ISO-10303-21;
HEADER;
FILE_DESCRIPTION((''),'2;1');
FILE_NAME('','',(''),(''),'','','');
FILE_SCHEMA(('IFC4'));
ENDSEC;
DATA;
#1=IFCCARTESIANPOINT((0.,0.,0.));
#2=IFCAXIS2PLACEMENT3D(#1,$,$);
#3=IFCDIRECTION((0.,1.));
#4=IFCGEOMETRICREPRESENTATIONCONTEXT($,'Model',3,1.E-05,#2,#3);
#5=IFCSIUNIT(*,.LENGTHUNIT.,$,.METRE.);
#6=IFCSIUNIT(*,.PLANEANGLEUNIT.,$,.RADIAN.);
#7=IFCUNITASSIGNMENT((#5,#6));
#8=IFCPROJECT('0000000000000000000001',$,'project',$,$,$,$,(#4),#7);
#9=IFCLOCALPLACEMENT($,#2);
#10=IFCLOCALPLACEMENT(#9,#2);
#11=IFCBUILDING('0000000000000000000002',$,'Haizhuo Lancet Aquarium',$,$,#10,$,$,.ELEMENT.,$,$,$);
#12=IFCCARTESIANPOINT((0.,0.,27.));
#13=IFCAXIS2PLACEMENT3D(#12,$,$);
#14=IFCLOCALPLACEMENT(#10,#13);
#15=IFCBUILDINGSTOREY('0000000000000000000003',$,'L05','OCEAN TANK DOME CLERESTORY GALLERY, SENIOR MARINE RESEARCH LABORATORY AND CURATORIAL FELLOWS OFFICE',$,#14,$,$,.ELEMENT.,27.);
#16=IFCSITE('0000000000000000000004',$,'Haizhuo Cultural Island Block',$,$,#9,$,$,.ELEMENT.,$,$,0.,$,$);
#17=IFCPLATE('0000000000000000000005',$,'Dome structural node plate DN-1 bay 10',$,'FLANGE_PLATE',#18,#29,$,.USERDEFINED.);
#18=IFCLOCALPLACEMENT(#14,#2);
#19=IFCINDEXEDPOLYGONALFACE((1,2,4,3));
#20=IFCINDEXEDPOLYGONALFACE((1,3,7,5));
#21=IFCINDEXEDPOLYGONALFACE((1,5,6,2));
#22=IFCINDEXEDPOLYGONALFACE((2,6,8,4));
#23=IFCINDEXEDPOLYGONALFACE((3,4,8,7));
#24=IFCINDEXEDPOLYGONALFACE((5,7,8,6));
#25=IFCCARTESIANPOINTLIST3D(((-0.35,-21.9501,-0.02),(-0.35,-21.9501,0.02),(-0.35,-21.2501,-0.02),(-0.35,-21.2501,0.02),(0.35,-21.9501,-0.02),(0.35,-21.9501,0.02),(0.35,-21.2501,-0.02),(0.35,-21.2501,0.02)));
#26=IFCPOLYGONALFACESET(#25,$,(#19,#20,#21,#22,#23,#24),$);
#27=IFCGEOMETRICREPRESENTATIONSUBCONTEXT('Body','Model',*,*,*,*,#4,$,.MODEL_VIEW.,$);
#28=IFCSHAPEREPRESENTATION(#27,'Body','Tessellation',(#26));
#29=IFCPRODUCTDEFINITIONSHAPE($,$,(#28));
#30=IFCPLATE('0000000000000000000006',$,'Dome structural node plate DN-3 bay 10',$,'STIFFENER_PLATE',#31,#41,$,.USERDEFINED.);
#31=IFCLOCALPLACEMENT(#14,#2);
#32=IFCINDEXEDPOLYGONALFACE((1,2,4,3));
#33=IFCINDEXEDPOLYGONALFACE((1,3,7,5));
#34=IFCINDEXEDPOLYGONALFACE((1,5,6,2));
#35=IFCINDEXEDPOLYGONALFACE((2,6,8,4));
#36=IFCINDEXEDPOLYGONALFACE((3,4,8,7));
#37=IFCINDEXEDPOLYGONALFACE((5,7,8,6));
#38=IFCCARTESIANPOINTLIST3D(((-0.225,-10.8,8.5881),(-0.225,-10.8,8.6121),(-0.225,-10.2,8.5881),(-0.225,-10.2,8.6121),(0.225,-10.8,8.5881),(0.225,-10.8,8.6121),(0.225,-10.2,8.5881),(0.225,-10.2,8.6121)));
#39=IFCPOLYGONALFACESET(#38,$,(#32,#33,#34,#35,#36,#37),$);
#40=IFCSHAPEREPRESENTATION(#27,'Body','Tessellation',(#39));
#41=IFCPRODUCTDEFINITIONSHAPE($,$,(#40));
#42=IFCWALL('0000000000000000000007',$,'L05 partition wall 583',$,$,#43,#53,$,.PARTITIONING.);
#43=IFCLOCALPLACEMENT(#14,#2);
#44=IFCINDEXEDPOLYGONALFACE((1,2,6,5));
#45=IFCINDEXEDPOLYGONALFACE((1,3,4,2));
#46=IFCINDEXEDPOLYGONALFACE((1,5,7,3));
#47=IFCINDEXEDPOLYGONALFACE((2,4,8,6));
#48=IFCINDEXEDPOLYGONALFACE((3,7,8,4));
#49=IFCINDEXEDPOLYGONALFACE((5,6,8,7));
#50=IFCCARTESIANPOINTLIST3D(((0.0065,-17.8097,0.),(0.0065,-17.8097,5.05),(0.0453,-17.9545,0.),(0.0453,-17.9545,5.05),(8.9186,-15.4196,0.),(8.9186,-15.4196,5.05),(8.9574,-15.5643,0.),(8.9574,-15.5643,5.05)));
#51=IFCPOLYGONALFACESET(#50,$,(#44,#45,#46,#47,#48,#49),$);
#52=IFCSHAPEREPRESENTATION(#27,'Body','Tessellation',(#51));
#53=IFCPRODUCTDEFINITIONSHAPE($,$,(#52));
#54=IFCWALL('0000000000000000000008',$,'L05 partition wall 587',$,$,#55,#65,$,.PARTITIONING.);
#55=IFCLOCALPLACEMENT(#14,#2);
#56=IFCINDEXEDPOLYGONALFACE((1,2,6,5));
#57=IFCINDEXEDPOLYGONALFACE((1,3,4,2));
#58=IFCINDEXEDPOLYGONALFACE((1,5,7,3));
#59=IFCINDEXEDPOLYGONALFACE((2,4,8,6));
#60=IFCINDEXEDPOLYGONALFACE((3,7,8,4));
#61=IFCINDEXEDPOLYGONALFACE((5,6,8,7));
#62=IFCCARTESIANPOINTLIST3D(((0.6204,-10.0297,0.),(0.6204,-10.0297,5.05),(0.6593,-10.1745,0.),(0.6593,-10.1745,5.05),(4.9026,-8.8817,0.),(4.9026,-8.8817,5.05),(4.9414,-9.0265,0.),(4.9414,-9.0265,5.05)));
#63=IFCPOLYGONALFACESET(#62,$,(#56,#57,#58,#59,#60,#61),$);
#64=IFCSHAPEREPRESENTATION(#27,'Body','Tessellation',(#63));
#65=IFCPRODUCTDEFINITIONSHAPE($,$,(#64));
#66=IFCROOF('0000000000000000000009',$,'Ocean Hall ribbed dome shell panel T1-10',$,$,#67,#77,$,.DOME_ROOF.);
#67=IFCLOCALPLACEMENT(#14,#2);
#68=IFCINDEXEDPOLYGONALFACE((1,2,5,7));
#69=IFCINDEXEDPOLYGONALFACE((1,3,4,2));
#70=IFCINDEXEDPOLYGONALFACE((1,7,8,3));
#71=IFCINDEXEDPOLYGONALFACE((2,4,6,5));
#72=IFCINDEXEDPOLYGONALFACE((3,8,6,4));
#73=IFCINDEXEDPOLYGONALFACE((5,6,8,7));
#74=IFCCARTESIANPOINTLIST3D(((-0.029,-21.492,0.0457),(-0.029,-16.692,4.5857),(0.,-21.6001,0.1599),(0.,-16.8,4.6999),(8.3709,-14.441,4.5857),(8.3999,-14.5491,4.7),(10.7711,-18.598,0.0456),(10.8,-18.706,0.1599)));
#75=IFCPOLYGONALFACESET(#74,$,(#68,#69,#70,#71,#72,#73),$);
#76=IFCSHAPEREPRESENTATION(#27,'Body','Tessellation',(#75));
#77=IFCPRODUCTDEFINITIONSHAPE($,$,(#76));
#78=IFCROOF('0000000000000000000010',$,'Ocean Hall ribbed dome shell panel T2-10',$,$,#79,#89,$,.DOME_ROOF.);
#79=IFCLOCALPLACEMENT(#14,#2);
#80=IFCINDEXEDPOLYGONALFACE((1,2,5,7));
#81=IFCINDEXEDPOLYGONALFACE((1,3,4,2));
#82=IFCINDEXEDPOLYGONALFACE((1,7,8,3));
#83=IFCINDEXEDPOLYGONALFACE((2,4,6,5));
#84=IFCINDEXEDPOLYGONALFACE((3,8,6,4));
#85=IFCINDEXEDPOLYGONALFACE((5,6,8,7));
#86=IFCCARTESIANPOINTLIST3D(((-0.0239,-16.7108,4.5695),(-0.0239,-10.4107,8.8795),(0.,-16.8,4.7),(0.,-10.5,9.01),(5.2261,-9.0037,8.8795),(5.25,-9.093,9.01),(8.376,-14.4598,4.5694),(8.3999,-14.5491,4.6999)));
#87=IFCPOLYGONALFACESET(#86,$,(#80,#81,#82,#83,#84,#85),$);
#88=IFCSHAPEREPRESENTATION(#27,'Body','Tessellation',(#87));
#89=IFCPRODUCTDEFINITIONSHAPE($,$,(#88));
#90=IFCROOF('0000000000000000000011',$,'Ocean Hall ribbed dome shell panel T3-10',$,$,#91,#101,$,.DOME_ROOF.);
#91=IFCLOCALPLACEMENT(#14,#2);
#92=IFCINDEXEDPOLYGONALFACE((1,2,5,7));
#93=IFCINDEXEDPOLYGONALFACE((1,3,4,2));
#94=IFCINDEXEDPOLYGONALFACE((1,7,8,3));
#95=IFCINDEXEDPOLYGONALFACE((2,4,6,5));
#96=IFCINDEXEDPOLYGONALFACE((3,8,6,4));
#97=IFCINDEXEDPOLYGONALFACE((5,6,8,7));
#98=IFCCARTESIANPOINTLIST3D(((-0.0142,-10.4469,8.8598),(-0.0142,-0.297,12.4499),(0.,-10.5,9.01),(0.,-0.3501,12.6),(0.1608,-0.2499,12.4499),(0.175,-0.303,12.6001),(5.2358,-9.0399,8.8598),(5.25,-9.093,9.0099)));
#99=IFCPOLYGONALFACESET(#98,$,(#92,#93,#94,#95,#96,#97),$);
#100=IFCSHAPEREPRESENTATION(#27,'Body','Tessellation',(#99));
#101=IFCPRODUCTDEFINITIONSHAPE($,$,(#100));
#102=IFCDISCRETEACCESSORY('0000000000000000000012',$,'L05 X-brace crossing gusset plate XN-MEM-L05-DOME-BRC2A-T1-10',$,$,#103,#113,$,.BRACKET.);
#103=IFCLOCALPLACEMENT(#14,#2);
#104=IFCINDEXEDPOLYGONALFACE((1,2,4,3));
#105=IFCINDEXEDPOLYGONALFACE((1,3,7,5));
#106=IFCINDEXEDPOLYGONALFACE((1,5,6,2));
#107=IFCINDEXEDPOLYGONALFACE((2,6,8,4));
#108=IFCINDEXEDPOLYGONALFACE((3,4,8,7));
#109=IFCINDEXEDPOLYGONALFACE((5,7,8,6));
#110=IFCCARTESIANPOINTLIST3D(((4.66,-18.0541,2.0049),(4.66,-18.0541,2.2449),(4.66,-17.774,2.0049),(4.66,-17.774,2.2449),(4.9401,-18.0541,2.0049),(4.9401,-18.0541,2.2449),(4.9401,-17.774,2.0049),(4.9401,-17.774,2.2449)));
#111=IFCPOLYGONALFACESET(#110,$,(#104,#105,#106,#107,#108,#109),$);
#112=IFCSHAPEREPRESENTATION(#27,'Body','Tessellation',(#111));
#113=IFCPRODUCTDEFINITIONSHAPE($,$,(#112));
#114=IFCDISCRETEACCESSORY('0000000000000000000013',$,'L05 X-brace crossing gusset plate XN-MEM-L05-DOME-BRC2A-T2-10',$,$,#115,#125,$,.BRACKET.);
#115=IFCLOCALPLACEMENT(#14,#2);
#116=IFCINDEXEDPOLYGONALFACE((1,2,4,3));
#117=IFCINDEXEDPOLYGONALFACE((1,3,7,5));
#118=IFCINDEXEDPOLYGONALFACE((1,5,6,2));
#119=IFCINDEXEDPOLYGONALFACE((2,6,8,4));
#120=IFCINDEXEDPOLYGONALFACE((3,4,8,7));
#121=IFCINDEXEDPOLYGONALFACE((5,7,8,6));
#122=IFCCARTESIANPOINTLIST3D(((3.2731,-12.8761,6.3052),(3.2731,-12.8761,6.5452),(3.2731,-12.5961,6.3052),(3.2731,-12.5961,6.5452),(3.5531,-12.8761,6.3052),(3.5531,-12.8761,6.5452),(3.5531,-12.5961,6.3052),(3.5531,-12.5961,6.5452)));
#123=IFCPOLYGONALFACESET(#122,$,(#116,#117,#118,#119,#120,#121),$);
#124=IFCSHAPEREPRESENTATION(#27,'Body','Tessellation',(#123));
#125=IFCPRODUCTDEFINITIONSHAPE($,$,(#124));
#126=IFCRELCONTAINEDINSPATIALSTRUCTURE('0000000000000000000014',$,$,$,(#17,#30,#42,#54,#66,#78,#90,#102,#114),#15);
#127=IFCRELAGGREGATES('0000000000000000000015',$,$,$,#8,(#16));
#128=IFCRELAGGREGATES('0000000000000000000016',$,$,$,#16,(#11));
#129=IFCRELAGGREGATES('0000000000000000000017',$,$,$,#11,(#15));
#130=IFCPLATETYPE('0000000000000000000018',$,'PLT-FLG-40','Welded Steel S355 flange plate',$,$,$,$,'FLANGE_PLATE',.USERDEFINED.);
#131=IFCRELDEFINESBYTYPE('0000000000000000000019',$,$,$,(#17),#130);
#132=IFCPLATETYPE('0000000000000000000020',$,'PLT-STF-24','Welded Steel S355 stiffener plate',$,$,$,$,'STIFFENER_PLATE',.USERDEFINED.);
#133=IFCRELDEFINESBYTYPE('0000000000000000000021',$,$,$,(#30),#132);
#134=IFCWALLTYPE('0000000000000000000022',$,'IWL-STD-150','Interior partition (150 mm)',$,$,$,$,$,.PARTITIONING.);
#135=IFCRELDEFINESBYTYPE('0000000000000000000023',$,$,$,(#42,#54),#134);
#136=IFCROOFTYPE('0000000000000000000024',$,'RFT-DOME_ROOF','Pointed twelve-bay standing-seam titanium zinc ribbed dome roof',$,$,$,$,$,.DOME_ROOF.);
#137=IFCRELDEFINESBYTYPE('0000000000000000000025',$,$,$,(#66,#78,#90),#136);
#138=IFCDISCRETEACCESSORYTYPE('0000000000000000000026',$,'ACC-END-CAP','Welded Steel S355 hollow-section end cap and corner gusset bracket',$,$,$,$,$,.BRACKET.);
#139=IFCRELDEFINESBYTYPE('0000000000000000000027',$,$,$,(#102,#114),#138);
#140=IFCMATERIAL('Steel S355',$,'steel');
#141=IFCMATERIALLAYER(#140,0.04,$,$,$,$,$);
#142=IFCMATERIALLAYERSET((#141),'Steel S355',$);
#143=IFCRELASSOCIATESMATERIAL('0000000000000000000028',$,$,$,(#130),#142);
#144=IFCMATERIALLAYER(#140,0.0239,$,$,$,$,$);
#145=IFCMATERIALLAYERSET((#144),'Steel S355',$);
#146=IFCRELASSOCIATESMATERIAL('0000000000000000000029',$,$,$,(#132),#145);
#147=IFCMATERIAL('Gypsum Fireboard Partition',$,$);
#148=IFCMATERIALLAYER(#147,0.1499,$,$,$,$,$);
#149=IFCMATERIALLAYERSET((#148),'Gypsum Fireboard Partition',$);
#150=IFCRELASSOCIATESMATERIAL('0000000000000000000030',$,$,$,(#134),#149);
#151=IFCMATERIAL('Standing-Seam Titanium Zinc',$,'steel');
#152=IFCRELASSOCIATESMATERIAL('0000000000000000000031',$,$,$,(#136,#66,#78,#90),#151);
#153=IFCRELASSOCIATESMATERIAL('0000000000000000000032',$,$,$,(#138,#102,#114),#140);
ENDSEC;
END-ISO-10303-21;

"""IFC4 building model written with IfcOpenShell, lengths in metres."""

from ifc_helpers import new_model, si_unit, direction, frame, frame_2d, origin, origin_2d, place, context, subcontext, project, spatial, polyline, rectangle, outline, extrude, material, layer, layer_set, type_object, element, save


model = new_model("IFC4")

# Units and contexts
model_context = context("Model", 3, precision=1e-05, world=origin(), true_north=direction((0.0, 1.0)))
body_context = subcontext(model_context, "Body", "Model", "MODEL_VIEW")
ifc_project = project(units=[si_unit("LENGTHUNIT", "METRE"), si_unit("PLANEANGLEUNIT", "RADIAN")], contexts=[model_context])

# Site, building, storey
site_placement = place(None, origin())
site = spatial("IfcSite", under=ifc_project, at=site_placement, Name="Haizhuo Cultural Island Block", CompositionType="ELEMENT", RefElevation=0.0)
building_placement = place(site_placement, origin())
building = spatial("IfcBuilding", under=site, at=building_placement, Name="Haizhuo Lancet Aquarium", CompositionType="ELEMENT")
storey_placement = place(building_placement, frame((0.0, 0.0, 27.0)))
storey = spatial("IfcBuildingStorey", under=building, at=storey_placement, Name="L05", Description="OCEAN TANK DOME CLERESTORY GALLERY, SENIOR MARINE RESEARCH LABORATORY AND CURATORIAL FELLOWS OFFICE", CompositionType="ELEMENT", Elevation=27.0)

# Shared definitions
ifc_material_1 = material(Name="Steel S355", Category="steel")

# Plates
ifc_layer_1 = layer(ifc_material_1, 0.04)
ifc_layer_set_1 = layer_set([ifc_layer_1], Name="Steel S355")
plate_type_1 = type_object("IfcPlateType", Name="PLT-FLG-40", Description="Welded Steel S355 flange plate", ElementType="FLANGE_PLATE", PredefinedType="USERDEFINED", material=ifc_layer_set_1)
plate_1_placement = place(storey_placement, frame((0.0, -21.6001, -0.02), z_axis=(0.0, 0.0, 1.0), x_axis=(1.0, 0.0, 0.0)))
element("IfcPlate", 1, at=plate_1_placement, inside=storey, type_object=plate_type_1, Name="Dome structural node plate DN-1 bay 10", ObjectType="FLANGE_PLATE", PredefinedType="USERDEFINED", context=body_context, shape_type="SweptSolid", body=[
    extrude(rectangle(XDim=0.7, YDim=0.7, at=origin_2d()), origin(), (0.0, 0.0, 1.0), 0.04),
])
ifc_layer_2 = layer(ifc_material_1, 0.0239)
ifc_layer_set_2 = layer_set([ifc_layer_2], Name="Steel S355")
plate_type_2 = type_object("IfcPlateType", Name="PLT-STF-24", Description="Welded Steel S355 stiffener plate", ElementType="STIFFENER_PLATE", PredefinedType="USERDEFINED", material=ifc_layer_set_2)
plate_2_placement = place(storey_placement, frame((0.0, -10.5, 8.5881), z_axis=(0.0, 0.0, 1.0), x_axis=(0.0, -1.0, 0.0)))
element("IfcPlate", 2, at=plate_2_placement, inside=storey, type_object=plate_type_2, Name="Dome structural node plate DN-3 bay 10", ObjectType="STIFFENER_PLATE", PredefinedType="USERDEFINED", context=body_context, shape_type="SweptSolid", body=[
    extrude(rectangle(XDim=0.6001, YDim=0.45, at=origin_2d()), origin(), (0.0, 0.0, 1.0), 0.0239),
])

# Walls
ifc_material_2 = material(Name="Gypsum Fireboard Partition")
ifc_layer_3 = layer(ifc_material_2, 0.1499)
ifc_layer_set_3 = layer_set([ifc_layer_3], Name="Gypsum Fireboard Partition")
wall_type = type_object("IfcWallType", Name="IWL-STD-150", Description="Interior partition (150 mm)", PredefinedType="PARTITIONING", material=ifc_layer_set_3)
wall_1_placement = place(storey_placement, frame((0.0259, -17.8821, 0.0), z_axis=(0.0, 0.0, 1.0), x_axis=(0.965868, 0.259036, 0.0)))
element("IfcWall", 3, at=wall_1_placement, inside=storey, type_object=wall_type, Name="L05 partition wall 583", PredefinedType="PARTITIONING", context=body_context, shape_type="SweptSolid", body=[
    extrude(rectangle(XDim=9.2271, YDim=0.1499, at=frame_2d((4.6135, 0.0))), origin(), (0.0, 0.0, 1.0), 5.05),
])
wall_2_placement = place(storey_placement, frame((4.9221, -8.9541, 0.0), z_axis=(0.0, 0.0, 1.0), x_axis=(-0.965896, -0.258931, 0.0)))
element("IfcWall", 4, at=wall_2_placement, inside=storey, type_object=wall_type, Name="L05 partition wall 587", PredefinedType="PARTITIONING", context=body_context, shape_type="SweptSolid", body=[
    extrude(rectangle(XDim=4.4333, YDim=0.1499, at=frame_2d((2.2168, 0.0))), origin(), (0.0, 0.0, 1.0), 5.05),
])

# Roofs
ifc_material_3 = material(Name="Standing-Seam Titanium Zinc", Category="steel")
roof_type = type_object("IfcRoofType", Name="RFT-DOME_ROOF", Description="Pointed twelve-bay standing-seam titanium zinc ribbed dome roof", PredefinedType="DOME_ROOF", material=ifc_material_3)
roof_1_placement = place(storey_placement, frame((0.0, -21.6001, 0.1599), z_axis=(0.181092, -0.675791, 0.714501), x_axis=(0.965921, 0.258836, -0.000002)))
element("IfcRoof", 5, at=roof_1_placement, inside=storey, type_object=roof_type, material=ifc_material_3, Name="Ocean Hall ribbed dome shell panel T1-10", PredefinedType="DOME_ROOF", context=body_context, shape_type="SweptSolid", body=[
    extrude(outline(polyline([(0.0, 0.0), (11.1811, 0.0), (9.9387, 6.4892), (1.2424, 6.4891), (0.0, 0.0)])), origin(), (0.0, 0.0, -1.0), 0.1599),
])
roof_2_placement = place(storey_placement, frame((0.0, -16.8, 4.7), z_axis=(0.14961, -0.55828, 0.816051), x_axis=(0.965919, 0.258846, -0.000003)))
element("IfcRoof", 6, at=roof_2_placement, inside=storey, type_object=roof_type, material=ifc_material_3, Name="Ocean Hall ribbed dome shell panel T2-10", PredefinedType="DOME_ROOF", context=body_context, shape_type="SweptSolid", body=[
    extrude(outline(polyline([(0.0, 0.0), (8.6963, 0.0), (7.066, 7.4572), (1.6307, 7.4571), (0.0, 0.0)])), origin(), (0.0, 0.0, -1.0), 0.1599),
])
roof_3_placement = place(storey_placement, frame((0.0, -10.5, 9.01), z_axis=(0.089023, -0.332132, 0.939023), x_axis=(0.965913, 0.258866, -0.000011)))
element("IfcRoof", 7, at=roof_3_placement, inside=storey, type_object=roof_type, material=ifc_material_3, Name="Ocean Hall ribbed dome shell panel T3-10", PredefinedType="DOME_ROOF", context=body_context, shape_type="SweptSolid", body=[
    extrude(outline(polyline([(0.0, 0.0), (5.4353, 0.0), (2.8087, 10.4408), (2.6274, 10.4406), (0.0, 0.0)])), origin(), (0.0, 0.0, -1.0), 0.1599),
])

# Discrete accessories
discrete_accessory_type = type_object("IfcDiscreteAccessoryType", Name="ACC-END-CAP", Description="Welded Steel S355 hollow-section end cap and corner gusset bracket", PredefinedType="BRACKET", material=ifc_material_1)
for number, where, z_axis, x_axis, name in (
    (8, (4.8, -17.9141, 2.0049), (0.0, 0.0, 1.0), (1.0, 0.0, 0.0), "L05 X-brace crossing gusset plate XN-MEM-L05-DOME-BRC2A-T1-10"),
    (9, (3.4131, -12.7361, 6.3052), (0.0, 0.0, 1.0), (1.0, 0.0, 0.0), "L05 X-brace crossing gusset plate XN-MEM-L05-DOME-BRC2A-T2-10"),
):
    element("IfcDiscreteAccessory", number, at=place(storey_placement, frame(where, z_axis=z_axis, x_axis=x_axis)), inside=storey, type_object=discrete_accessory_type, material=ifc_material_1, Name=name, PredefinedType="BRACKET", context=body_context, shape_type="SweptSolid", body=[
        extrude(rectangle(XDim=0.28, YDim=0.28, at=origin_2d()), origin(), (0.0, 0.0, 1.0), 0.24),
    ])

save(model, "model.ifc")
